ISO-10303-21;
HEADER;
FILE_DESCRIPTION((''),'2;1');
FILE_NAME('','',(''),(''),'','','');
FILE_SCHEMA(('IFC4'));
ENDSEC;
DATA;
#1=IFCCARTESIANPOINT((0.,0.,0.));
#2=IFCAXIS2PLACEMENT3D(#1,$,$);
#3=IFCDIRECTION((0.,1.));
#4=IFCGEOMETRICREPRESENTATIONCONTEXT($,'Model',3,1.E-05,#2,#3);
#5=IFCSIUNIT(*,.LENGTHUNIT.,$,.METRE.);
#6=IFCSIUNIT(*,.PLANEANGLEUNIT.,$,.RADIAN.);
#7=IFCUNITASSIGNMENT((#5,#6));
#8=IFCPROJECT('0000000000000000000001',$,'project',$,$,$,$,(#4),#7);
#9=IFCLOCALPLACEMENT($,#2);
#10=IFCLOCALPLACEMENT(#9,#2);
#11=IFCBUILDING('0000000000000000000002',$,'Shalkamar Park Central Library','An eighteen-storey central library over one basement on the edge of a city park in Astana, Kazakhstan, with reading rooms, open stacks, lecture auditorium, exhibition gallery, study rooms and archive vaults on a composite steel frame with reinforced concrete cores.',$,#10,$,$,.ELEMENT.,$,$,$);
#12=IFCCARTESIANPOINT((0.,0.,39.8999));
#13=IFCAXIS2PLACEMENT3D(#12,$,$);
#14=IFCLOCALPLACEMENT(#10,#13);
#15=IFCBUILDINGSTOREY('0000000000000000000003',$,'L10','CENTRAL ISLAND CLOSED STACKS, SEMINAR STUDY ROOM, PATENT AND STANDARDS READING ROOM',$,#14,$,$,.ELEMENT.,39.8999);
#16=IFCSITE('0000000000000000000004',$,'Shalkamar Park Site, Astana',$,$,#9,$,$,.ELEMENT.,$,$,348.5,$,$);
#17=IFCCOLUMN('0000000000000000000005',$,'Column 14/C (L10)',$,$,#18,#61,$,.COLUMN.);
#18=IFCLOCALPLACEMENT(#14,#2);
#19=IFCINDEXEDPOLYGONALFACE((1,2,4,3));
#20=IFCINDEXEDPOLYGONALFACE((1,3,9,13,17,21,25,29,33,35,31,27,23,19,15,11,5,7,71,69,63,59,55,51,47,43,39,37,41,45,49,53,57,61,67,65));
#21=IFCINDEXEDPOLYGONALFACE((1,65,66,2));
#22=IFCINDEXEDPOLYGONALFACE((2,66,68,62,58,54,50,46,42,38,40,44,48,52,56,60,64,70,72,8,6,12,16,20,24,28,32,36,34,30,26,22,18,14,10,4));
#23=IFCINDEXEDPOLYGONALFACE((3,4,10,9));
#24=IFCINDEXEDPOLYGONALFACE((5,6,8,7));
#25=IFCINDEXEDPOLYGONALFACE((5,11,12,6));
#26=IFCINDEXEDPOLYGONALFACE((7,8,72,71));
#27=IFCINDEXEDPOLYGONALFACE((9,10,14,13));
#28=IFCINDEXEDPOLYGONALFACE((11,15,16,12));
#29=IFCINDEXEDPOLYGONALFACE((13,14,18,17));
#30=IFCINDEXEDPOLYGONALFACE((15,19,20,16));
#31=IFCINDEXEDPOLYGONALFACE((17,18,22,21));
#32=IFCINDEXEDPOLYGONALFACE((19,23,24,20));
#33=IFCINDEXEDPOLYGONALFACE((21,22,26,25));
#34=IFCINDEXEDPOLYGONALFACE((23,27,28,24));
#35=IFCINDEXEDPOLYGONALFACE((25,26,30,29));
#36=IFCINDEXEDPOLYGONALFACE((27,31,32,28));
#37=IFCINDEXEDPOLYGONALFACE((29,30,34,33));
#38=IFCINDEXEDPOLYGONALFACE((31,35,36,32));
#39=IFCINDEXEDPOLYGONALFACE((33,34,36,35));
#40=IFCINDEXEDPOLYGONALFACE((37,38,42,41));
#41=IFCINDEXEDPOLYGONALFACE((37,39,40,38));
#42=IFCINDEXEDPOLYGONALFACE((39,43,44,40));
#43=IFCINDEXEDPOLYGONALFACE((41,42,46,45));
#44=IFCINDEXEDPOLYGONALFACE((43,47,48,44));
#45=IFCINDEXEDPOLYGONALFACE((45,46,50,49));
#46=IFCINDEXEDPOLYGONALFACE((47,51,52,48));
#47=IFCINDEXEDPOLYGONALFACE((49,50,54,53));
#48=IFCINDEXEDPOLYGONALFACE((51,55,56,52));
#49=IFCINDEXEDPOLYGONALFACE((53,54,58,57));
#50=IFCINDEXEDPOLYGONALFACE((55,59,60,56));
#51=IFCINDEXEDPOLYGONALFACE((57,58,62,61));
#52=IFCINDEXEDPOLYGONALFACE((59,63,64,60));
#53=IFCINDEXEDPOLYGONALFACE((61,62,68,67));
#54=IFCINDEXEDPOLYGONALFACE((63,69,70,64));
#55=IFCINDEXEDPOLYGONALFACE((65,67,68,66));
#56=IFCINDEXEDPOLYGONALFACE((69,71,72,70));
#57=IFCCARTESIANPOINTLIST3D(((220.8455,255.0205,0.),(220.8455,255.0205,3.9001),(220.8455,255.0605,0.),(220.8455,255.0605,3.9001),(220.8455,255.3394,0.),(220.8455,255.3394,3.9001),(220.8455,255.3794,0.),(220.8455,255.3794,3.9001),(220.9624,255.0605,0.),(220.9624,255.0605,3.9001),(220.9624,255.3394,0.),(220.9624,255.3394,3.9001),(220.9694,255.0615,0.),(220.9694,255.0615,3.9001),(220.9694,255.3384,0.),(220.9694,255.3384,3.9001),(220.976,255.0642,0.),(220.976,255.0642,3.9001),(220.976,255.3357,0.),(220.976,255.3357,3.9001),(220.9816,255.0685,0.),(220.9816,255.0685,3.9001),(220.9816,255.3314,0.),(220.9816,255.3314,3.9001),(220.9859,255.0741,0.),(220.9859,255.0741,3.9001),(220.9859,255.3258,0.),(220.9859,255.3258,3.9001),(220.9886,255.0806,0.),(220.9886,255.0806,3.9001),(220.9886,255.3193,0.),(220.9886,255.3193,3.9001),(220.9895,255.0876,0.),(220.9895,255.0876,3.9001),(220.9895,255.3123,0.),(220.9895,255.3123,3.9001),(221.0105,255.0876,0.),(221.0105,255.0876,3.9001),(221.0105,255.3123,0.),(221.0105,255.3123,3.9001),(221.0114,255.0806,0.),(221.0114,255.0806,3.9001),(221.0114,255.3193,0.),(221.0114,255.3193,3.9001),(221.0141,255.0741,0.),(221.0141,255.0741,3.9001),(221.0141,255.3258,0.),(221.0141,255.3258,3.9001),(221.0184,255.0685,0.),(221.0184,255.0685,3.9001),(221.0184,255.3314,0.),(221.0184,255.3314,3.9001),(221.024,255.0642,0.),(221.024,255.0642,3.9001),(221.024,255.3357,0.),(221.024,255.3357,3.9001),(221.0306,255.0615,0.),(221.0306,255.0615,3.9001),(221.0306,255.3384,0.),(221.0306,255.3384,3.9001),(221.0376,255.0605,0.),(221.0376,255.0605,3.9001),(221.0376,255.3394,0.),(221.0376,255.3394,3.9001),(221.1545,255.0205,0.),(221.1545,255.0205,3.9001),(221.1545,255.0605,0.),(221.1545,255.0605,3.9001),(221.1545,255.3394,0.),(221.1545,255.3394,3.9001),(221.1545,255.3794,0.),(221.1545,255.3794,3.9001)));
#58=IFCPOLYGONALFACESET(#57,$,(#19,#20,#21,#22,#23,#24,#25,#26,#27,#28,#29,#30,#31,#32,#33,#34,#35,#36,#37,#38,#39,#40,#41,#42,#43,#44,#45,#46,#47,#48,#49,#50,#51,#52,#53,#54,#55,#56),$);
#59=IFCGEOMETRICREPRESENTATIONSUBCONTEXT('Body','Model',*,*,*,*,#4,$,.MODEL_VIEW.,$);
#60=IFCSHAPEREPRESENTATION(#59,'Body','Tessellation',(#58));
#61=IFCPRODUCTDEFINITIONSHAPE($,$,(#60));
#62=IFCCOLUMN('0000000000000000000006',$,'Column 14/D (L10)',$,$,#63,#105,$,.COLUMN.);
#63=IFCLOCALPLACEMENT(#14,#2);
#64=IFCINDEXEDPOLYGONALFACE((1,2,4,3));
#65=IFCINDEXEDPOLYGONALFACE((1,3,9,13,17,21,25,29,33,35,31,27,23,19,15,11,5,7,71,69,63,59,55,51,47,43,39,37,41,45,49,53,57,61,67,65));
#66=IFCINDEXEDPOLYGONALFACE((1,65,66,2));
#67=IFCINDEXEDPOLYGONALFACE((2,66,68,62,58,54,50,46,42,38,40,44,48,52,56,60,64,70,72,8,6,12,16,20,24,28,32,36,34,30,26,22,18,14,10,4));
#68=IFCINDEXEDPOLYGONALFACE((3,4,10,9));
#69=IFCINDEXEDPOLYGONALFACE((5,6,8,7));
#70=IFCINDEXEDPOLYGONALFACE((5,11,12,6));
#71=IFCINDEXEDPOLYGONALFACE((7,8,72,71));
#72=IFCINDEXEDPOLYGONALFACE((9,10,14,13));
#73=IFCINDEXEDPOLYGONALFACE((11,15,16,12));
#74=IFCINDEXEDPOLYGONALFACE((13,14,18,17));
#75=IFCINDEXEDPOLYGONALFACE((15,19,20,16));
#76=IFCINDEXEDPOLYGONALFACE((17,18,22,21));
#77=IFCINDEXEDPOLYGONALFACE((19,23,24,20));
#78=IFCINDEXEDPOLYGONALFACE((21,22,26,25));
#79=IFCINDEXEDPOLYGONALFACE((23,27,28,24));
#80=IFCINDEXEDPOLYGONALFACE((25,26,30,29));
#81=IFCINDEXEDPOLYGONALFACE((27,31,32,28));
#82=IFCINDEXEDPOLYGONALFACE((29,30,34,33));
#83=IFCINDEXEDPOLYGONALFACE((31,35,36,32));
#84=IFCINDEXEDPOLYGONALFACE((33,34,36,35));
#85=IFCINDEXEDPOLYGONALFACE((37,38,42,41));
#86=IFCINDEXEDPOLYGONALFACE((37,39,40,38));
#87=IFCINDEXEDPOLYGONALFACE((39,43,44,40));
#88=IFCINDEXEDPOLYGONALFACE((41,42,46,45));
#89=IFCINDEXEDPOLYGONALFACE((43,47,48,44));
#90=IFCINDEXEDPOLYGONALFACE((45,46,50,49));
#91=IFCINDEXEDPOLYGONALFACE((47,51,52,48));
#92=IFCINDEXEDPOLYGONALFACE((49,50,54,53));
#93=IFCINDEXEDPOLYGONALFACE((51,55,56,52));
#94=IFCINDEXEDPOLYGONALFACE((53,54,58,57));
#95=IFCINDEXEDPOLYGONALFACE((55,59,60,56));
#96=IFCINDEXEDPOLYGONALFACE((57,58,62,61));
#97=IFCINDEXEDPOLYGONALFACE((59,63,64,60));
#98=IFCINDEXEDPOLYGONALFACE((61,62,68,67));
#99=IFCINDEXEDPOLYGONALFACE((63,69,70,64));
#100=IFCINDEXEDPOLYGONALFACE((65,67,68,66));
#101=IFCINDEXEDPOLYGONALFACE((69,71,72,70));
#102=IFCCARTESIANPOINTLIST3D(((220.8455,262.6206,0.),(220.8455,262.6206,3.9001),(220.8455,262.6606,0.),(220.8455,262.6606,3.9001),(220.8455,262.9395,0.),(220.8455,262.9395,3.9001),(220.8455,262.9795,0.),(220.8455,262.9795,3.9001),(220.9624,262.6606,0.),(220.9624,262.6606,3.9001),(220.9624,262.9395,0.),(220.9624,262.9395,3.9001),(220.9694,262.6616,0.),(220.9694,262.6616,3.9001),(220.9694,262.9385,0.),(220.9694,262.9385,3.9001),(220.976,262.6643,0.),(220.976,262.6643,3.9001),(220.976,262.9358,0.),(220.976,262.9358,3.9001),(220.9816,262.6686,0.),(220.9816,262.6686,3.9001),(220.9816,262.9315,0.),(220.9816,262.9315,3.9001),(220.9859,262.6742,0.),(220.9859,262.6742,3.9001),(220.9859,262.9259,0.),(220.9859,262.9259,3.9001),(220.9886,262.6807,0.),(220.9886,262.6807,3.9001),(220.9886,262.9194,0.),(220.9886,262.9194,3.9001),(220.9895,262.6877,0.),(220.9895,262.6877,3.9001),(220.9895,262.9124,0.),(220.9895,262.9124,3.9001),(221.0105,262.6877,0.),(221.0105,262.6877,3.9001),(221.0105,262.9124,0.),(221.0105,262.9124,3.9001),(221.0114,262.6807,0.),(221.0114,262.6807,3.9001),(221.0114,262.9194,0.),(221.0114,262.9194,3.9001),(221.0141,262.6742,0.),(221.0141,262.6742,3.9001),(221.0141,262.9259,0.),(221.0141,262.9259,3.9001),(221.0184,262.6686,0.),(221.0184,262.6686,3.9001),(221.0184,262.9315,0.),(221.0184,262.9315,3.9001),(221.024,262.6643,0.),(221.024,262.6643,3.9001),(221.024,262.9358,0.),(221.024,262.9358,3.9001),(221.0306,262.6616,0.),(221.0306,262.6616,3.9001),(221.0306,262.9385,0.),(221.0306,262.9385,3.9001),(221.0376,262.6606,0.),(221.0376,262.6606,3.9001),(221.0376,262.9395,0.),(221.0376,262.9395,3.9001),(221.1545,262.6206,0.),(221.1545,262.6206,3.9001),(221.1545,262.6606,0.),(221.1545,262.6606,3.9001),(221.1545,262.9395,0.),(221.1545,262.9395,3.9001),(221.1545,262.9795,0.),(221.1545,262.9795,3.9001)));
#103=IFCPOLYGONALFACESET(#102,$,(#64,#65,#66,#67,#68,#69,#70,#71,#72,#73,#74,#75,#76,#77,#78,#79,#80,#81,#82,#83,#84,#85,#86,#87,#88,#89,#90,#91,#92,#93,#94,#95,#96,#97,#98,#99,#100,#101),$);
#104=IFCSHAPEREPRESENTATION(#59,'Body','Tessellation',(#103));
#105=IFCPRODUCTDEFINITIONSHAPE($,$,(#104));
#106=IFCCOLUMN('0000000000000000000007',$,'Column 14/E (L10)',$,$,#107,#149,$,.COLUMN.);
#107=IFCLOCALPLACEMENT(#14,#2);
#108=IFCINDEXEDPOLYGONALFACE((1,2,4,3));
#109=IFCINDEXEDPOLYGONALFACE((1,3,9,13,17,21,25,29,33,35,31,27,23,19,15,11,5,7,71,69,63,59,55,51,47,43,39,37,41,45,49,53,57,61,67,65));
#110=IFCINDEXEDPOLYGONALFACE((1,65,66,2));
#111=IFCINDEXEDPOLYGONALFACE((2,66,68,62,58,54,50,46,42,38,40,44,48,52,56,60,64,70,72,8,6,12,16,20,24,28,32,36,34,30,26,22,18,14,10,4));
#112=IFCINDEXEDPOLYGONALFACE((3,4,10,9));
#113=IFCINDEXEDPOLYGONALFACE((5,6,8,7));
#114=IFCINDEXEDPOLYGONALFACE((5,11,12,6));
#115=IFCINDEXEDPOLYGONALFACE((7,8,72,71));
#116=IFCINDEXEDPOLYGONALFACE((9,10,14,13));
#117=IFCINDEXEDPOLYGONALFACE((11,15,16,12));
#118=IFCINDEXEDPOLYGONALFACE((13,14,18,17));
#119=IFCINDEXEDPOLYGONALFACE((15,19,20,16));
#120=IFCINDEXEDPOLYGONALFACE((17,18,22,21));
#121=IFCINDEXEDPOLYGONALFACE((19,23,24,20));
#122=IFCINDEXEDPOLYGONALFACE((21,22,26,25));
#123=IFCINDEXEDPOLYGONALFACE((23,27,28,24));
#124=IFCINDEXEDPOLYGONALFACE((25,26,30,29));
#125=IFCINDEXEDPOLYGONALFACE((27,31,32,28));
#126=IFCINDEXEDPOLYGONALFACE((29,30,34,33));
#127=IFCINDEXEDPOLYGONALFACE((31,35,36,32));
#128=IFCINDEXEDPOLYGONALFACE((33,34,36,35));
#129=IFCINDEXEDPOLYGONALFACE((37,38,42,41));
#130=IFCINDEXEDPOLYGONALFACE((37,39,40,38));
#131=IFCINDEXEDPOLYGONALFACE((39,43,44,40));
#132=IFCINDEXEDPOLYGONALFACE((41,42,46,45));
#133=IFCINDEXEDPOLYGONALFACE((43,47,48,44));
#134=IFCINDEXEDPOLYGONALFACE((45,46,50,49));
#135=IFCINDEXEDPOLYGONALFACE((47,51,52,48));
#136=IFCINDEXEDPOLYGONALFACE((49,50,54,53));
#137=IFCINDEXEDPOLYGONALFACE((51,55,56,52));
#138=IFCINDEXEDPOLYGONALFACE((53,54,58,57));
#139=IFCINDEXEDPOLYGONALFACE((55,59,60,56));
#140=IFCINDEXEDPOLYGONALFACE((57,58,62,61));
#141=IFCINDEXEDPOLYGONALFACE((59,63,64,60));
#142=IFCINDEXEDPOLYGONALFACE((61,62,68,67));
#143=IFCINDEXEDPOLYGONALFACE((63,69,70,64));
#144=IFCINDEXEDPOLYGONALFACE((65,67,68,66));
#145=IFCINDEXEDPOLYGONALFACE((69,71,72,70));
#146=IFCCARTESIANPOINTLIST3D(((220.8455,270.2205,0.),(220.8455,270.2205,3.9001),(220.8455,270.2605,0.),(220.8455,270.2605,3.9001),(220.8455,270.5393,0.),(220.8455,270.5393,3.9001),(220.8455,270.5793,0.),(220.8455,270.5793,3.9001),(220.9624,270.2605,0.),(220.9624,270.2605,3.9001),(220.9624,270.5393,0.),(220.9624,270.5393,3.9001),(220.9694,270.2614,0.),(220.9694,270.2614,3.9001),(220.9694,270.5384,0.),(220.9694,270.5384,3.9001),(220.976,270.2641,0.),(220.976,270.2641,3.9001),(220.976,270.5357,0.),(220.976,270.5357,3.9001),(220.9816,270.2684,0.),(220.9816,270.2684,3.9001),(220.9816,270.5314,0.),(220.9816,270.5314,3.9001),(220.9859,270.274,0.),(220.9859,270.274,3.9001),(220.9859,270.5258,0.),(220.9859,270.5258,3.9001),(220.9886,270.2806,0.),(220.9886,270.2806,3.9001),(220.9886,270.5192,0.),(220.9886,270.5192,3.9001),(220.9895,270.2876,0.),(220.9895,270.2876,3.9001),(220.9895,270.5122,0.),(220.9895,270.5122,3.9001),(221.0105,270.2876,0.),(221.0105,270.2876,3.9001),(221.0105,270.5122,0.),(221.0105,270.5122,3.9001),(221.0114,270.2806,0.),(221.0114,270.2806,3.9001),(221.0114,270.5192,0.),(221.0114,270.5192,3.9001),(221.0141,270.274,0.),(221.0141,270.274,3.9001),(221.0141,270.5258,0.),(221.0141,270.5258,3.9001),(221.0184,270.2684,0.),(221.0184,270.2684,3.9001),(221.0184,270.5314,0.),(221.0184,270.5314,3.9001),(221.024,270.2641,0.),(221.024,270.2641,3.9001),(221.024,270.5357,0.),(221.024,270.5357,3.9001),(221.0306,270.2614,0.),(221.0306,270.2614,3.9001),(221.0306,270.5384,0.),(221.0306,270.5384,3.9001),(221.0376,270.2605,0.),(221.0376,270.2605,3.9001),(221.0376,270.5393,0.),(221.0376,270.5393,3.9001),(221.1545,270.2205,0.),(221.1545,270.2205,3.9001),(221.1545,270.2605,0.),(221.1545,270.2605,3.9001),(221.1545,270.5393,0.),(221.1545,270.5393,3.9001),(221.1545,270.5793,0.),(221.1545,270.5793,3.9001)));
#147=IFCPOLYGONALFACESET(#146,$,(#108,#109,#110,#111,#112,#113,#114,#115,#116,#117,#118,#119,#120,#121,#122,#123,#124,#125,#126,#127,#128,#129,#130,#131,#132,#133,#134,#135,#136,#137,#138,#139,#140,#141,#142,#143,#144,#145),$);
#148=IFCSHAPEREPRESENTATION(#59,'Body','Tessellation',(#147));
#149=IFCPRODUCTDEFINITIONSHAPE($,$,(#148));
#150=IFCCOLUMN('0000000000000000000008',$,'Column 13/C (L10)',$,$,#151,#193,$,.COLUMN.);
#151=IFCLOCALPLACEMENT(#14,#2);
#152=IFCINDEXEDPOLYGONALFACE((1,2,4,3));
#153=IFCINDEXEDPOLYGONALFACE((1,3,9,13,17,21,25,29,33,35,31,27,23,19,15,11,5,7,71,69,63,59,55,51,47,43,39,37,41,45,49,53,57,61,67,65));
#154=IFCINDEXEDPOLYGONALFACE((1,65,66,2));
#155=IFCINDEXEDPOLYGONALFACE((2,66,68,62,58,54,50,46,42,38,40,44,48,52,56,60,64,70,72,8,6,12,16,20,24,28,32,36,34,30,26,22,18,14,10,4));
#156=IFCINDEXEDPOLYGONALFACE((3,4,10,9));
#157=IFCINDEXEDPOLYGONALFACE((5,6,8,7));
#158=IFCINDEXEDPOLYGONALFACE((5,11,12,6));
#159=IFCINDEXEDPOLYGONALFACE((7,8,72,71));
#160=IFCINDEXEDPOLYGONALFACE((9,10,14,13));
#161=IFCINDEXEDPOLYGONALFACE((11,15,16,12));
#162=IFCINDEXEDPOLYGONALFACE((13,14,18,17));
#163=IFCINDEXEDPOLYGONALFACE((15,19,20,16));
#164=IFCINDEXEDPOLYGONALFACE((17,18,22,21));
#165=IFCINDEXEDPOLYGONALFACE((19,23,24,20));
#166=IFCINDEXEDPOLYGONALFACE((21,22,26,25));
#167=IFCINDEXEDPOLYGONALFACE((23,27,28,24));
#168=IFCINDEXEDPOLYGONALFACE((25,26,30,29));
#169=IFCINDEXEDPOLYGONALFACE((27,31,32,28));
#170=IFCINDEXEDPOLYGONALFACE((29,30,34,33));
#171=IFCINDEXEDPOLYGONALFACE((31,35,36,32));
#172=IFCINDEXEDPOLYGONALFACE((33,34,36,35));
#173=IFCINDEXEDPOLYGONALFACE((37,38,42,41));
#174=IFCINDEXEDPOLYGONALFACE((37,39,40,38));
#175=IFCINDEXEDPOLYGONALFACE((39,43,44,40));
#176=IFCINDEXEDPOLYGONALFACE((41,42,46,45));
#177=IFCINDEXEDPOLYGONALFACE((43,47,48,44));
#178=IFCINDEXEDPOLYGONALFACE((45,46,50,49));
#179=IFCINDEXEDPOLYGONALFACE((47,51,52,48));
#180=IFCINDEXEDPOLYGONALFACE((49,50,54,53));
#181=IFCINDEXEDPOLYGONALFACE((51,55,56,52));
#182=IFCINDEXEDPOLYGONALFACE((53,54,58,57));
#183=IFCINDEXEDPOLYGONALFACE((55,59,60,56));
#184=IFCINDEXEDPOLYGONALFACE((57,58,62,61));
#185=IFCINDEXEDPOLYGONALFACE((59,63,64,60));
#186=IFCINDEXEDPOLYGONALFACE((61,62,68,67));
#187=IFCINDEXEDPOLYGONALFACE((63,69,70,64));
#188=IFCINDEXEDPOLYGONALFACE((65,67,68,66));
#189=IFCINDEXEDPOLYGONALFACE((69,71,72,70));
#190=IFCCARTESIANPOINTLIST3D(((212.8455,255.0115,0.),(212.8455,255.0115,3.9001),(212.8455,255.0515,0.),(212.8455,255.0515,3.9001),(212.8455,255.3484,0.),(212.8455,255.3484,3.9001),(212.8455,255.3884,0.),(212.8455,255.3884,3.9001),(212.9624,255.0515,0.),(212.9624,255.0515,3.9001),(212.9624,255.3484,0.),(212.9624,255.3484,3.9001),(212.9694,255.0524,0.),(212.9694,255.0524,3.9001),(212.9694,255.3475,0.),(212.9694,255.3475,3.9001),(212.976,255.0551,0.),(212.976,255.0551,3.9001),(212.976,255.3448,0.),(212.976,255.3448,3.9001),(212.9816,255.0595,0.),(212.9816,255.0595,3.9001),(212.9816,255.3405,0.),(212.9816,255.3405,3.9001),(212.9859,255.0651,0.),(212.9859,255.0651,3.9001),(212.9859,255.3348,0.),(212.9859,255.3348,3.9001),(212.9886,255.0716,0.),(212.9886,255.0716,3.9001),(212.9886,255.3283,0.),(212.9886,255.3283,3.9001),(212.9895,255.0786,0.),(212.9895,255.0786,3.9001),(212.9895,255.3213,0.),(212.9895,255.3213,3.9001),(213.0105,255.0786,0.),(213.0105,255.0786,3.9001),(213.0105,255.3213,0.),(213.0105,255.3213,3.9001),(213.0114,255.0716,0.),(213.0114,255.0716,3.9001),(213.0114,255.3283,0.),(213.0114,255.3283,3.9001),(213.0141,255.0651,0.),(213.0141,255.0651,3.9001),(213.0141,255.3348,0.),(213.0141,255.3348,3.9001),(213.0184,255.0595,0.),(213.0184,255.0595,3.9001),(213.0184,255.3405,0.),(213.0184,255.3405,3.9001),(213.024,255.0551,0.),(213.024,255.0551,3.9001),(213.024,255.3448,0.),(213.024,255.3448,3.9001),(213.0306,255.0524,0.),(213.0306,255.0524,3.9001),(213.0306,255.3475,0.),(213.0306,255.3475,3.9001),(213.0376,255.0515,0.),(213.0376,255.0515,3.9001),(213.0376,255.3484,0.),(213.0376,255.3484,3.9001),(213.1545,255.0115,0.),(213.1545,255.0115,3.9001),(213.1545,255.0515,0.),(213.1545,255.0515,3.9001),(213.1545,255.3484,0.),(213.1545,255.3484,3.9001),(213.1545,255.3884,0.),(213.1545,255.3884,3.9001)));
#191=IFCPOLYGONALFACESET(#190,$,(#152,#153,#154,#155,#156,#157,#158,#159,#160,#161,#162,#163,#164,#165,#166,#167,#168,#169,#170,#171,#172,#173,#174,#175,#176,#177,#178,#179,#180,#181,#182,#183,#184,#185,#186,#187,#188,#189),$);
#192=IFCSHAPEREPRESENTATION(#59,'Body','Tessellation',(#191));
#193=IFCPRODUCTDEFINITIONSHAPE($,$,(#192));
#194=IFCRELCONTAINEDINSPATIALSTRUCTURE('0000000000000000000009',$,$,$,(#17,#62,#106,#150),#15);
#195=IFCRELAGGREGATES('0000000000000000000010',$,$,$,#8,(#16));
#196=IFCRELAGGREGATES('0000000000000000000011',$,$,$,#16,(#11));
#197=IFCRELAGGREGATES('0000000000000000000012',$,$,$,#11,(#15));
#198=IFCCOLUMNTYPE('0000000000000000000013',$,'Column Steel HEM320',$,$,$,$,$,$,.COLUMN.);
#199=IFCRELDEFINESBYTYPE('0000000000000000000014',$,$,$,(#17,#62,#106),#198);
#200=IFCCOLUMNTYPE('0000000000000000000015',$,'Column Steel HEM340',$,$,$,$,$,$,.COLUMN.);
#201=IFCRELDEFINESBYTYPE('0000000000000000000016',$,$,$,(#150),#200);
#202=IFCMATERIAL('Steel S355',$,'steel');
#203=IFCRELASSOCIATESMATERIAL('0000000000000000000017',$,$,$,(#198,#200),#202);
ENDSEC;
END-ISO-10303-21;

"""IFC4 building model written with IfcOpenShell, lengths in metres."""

from ifc_helpers import new_model, si_unit, direction, frame, origin, origin_2d, place, context, subcontext, project, spatial, i_section, extrude, material, material_profile, profile_set, type_object, element, save


model = new_model("IFC4")

# Units and contexts
model_context = context("Model", 3, precision=1e-05, world=origin(), true_north=direction((0.0, 1.0)))
body_context = subcontext(model_context, "Body", "Model", "MODEL_VIEW")
ifc_project = project(units=[si_unit("LENGTHUNIT", "METRE"), si_unit("PLANEANGLEUNIT", "RADIAN")], contexts=[model_context])

# Site, building, storey
site_placement = place(None, origin())
site = spatial("IfcSite", under=ifc_project, at=site_placement, Name="Shalkamar Park Site, Astana", CompositionType="ELEMENT", RefElevation=348.5)
building_placement = place(site_placement, origin())
building = spatial("IfcBuilding", under=site, at=building_placement, Name="Shalkamar Park Central Library", Description="An eighteen-storey central library over one basement on the edge of a city park in Astana, Kazakhstan, with reading rooms, open stacks, lecture auditorium, exhibition gallery, study rooms and archive vaults on a composite steel frame with reinforced concrete cores.", CompositionType="ELEMENT")
storey_placement = place(building_placement, frame((0.0, 0.0, 39.8999)))
storey = spatial("IfcBuildingStorey", under=building, at=storey_placement, Name="L10", Description="CENTRAL ISLAND CLOSED STACKS, SEMINAR STUDY ROOM, PATENT AND STANDARDS READING ROOM", CompositionType="ELEMENT", Elevation=39.8999)

# Columns
ifc_material_1 = material(Name="Steel S355", Category="steel")
ifc_material_profile_1 = material_profile(ifc_material_1, i_section(OverallWidth=0.3091, OverallDepth=0.3589, WebThickness=0.021, FlangeThickness=0.04, FilletRadius=0.0271, at=origin_2d()), Name="HEM 320")
ifc_profile_set_1 = profile_set([ifc_material_profile_1], Name="Steel S355")
column_type_1 = type_object("IfcColumnType", Name="Column Steel HEM320", PredefinedType="COLUMN", material=ifc_profile_set_1)
for number, where, z_axis, x_axis, name in (
    (1, (221.0, 255.2, 0.0), (0.0, 0.0, 1.0), (1.0, 0.0, 0.0), "Column 14/C (L10)"),
    (2, (221.0, 262.8, 0.0), (0.0, 0.0, 1.0), (1.0, 0.0, 0.0), "Column 14/D (L10)"),
    (3, (221.0, 270.3999, 0.0), (0.0, 0.0, 1.0), (1.0, 0.0, 0.0), "Column 14/E (L10)"),
):
    element("IfcColumn", number, at=place(storey_placement, frame(where, z_axis=z_axis, x_axis=x_axis)), inside=storey, type_object=column_type_1, Name=name, PredefinedType="COLUMN", context=body_context, shape_type="SweptSolid", body=[
        extrude(i_section(OverallWidth=0.3091, OverallDepth=0.3589, WebThickness=0.021, FlangeThickness=0.04, FilletRadius=0.0271, at=origin_2d()), origin(), (0.0, 0.0, 1.0), 3.9001),
    ])
ifc_material_profile_2 = material_profile(ifc_material_1, i_section(OverallWidth=0.3091, OverallDepth=0.377, WebThickness=0.021, FlangeThickness=0.04, FilletRadius=0.0271, at=origin_2d()), Name="HEM 340")
ifc_profile_set_2 = profile_set([ifc_material_profile_2], Name="Steel S355")
column_type_2 = type_object("IfcColumnType", Name="Column Steel HEM340", PredefinedType="COLUMN", material=ifc_profile_set_2)
for number, where, z_axis, x_axis, name in (
    (4, (213.0, 255.2, 0.0), (0.0, 0.0, 1.0), (1.0, 0.0, 0.0), "Column 13/C (L10)"),
):
    element("IfcColumn", number, at=place(storey_placement, frame(where, z_axis=z_axis, x_axis=x_axis)), inside=storey, type_object=column_type_2, Name=name, PredefinedType="COLUMN", context=body_context, shape_type="SweptSolid", body=[
        extrude(i_section(OverallWidth=0.3091, OverallDepth=0.377, WebThickness=0.021, FlangeThickness=0.04, FilletRadius=0.0271, at=origin_2d()), origin(), (0.0, 0.0, 1.0), 3.9001),
    ])

save(model, "model.ifc")
